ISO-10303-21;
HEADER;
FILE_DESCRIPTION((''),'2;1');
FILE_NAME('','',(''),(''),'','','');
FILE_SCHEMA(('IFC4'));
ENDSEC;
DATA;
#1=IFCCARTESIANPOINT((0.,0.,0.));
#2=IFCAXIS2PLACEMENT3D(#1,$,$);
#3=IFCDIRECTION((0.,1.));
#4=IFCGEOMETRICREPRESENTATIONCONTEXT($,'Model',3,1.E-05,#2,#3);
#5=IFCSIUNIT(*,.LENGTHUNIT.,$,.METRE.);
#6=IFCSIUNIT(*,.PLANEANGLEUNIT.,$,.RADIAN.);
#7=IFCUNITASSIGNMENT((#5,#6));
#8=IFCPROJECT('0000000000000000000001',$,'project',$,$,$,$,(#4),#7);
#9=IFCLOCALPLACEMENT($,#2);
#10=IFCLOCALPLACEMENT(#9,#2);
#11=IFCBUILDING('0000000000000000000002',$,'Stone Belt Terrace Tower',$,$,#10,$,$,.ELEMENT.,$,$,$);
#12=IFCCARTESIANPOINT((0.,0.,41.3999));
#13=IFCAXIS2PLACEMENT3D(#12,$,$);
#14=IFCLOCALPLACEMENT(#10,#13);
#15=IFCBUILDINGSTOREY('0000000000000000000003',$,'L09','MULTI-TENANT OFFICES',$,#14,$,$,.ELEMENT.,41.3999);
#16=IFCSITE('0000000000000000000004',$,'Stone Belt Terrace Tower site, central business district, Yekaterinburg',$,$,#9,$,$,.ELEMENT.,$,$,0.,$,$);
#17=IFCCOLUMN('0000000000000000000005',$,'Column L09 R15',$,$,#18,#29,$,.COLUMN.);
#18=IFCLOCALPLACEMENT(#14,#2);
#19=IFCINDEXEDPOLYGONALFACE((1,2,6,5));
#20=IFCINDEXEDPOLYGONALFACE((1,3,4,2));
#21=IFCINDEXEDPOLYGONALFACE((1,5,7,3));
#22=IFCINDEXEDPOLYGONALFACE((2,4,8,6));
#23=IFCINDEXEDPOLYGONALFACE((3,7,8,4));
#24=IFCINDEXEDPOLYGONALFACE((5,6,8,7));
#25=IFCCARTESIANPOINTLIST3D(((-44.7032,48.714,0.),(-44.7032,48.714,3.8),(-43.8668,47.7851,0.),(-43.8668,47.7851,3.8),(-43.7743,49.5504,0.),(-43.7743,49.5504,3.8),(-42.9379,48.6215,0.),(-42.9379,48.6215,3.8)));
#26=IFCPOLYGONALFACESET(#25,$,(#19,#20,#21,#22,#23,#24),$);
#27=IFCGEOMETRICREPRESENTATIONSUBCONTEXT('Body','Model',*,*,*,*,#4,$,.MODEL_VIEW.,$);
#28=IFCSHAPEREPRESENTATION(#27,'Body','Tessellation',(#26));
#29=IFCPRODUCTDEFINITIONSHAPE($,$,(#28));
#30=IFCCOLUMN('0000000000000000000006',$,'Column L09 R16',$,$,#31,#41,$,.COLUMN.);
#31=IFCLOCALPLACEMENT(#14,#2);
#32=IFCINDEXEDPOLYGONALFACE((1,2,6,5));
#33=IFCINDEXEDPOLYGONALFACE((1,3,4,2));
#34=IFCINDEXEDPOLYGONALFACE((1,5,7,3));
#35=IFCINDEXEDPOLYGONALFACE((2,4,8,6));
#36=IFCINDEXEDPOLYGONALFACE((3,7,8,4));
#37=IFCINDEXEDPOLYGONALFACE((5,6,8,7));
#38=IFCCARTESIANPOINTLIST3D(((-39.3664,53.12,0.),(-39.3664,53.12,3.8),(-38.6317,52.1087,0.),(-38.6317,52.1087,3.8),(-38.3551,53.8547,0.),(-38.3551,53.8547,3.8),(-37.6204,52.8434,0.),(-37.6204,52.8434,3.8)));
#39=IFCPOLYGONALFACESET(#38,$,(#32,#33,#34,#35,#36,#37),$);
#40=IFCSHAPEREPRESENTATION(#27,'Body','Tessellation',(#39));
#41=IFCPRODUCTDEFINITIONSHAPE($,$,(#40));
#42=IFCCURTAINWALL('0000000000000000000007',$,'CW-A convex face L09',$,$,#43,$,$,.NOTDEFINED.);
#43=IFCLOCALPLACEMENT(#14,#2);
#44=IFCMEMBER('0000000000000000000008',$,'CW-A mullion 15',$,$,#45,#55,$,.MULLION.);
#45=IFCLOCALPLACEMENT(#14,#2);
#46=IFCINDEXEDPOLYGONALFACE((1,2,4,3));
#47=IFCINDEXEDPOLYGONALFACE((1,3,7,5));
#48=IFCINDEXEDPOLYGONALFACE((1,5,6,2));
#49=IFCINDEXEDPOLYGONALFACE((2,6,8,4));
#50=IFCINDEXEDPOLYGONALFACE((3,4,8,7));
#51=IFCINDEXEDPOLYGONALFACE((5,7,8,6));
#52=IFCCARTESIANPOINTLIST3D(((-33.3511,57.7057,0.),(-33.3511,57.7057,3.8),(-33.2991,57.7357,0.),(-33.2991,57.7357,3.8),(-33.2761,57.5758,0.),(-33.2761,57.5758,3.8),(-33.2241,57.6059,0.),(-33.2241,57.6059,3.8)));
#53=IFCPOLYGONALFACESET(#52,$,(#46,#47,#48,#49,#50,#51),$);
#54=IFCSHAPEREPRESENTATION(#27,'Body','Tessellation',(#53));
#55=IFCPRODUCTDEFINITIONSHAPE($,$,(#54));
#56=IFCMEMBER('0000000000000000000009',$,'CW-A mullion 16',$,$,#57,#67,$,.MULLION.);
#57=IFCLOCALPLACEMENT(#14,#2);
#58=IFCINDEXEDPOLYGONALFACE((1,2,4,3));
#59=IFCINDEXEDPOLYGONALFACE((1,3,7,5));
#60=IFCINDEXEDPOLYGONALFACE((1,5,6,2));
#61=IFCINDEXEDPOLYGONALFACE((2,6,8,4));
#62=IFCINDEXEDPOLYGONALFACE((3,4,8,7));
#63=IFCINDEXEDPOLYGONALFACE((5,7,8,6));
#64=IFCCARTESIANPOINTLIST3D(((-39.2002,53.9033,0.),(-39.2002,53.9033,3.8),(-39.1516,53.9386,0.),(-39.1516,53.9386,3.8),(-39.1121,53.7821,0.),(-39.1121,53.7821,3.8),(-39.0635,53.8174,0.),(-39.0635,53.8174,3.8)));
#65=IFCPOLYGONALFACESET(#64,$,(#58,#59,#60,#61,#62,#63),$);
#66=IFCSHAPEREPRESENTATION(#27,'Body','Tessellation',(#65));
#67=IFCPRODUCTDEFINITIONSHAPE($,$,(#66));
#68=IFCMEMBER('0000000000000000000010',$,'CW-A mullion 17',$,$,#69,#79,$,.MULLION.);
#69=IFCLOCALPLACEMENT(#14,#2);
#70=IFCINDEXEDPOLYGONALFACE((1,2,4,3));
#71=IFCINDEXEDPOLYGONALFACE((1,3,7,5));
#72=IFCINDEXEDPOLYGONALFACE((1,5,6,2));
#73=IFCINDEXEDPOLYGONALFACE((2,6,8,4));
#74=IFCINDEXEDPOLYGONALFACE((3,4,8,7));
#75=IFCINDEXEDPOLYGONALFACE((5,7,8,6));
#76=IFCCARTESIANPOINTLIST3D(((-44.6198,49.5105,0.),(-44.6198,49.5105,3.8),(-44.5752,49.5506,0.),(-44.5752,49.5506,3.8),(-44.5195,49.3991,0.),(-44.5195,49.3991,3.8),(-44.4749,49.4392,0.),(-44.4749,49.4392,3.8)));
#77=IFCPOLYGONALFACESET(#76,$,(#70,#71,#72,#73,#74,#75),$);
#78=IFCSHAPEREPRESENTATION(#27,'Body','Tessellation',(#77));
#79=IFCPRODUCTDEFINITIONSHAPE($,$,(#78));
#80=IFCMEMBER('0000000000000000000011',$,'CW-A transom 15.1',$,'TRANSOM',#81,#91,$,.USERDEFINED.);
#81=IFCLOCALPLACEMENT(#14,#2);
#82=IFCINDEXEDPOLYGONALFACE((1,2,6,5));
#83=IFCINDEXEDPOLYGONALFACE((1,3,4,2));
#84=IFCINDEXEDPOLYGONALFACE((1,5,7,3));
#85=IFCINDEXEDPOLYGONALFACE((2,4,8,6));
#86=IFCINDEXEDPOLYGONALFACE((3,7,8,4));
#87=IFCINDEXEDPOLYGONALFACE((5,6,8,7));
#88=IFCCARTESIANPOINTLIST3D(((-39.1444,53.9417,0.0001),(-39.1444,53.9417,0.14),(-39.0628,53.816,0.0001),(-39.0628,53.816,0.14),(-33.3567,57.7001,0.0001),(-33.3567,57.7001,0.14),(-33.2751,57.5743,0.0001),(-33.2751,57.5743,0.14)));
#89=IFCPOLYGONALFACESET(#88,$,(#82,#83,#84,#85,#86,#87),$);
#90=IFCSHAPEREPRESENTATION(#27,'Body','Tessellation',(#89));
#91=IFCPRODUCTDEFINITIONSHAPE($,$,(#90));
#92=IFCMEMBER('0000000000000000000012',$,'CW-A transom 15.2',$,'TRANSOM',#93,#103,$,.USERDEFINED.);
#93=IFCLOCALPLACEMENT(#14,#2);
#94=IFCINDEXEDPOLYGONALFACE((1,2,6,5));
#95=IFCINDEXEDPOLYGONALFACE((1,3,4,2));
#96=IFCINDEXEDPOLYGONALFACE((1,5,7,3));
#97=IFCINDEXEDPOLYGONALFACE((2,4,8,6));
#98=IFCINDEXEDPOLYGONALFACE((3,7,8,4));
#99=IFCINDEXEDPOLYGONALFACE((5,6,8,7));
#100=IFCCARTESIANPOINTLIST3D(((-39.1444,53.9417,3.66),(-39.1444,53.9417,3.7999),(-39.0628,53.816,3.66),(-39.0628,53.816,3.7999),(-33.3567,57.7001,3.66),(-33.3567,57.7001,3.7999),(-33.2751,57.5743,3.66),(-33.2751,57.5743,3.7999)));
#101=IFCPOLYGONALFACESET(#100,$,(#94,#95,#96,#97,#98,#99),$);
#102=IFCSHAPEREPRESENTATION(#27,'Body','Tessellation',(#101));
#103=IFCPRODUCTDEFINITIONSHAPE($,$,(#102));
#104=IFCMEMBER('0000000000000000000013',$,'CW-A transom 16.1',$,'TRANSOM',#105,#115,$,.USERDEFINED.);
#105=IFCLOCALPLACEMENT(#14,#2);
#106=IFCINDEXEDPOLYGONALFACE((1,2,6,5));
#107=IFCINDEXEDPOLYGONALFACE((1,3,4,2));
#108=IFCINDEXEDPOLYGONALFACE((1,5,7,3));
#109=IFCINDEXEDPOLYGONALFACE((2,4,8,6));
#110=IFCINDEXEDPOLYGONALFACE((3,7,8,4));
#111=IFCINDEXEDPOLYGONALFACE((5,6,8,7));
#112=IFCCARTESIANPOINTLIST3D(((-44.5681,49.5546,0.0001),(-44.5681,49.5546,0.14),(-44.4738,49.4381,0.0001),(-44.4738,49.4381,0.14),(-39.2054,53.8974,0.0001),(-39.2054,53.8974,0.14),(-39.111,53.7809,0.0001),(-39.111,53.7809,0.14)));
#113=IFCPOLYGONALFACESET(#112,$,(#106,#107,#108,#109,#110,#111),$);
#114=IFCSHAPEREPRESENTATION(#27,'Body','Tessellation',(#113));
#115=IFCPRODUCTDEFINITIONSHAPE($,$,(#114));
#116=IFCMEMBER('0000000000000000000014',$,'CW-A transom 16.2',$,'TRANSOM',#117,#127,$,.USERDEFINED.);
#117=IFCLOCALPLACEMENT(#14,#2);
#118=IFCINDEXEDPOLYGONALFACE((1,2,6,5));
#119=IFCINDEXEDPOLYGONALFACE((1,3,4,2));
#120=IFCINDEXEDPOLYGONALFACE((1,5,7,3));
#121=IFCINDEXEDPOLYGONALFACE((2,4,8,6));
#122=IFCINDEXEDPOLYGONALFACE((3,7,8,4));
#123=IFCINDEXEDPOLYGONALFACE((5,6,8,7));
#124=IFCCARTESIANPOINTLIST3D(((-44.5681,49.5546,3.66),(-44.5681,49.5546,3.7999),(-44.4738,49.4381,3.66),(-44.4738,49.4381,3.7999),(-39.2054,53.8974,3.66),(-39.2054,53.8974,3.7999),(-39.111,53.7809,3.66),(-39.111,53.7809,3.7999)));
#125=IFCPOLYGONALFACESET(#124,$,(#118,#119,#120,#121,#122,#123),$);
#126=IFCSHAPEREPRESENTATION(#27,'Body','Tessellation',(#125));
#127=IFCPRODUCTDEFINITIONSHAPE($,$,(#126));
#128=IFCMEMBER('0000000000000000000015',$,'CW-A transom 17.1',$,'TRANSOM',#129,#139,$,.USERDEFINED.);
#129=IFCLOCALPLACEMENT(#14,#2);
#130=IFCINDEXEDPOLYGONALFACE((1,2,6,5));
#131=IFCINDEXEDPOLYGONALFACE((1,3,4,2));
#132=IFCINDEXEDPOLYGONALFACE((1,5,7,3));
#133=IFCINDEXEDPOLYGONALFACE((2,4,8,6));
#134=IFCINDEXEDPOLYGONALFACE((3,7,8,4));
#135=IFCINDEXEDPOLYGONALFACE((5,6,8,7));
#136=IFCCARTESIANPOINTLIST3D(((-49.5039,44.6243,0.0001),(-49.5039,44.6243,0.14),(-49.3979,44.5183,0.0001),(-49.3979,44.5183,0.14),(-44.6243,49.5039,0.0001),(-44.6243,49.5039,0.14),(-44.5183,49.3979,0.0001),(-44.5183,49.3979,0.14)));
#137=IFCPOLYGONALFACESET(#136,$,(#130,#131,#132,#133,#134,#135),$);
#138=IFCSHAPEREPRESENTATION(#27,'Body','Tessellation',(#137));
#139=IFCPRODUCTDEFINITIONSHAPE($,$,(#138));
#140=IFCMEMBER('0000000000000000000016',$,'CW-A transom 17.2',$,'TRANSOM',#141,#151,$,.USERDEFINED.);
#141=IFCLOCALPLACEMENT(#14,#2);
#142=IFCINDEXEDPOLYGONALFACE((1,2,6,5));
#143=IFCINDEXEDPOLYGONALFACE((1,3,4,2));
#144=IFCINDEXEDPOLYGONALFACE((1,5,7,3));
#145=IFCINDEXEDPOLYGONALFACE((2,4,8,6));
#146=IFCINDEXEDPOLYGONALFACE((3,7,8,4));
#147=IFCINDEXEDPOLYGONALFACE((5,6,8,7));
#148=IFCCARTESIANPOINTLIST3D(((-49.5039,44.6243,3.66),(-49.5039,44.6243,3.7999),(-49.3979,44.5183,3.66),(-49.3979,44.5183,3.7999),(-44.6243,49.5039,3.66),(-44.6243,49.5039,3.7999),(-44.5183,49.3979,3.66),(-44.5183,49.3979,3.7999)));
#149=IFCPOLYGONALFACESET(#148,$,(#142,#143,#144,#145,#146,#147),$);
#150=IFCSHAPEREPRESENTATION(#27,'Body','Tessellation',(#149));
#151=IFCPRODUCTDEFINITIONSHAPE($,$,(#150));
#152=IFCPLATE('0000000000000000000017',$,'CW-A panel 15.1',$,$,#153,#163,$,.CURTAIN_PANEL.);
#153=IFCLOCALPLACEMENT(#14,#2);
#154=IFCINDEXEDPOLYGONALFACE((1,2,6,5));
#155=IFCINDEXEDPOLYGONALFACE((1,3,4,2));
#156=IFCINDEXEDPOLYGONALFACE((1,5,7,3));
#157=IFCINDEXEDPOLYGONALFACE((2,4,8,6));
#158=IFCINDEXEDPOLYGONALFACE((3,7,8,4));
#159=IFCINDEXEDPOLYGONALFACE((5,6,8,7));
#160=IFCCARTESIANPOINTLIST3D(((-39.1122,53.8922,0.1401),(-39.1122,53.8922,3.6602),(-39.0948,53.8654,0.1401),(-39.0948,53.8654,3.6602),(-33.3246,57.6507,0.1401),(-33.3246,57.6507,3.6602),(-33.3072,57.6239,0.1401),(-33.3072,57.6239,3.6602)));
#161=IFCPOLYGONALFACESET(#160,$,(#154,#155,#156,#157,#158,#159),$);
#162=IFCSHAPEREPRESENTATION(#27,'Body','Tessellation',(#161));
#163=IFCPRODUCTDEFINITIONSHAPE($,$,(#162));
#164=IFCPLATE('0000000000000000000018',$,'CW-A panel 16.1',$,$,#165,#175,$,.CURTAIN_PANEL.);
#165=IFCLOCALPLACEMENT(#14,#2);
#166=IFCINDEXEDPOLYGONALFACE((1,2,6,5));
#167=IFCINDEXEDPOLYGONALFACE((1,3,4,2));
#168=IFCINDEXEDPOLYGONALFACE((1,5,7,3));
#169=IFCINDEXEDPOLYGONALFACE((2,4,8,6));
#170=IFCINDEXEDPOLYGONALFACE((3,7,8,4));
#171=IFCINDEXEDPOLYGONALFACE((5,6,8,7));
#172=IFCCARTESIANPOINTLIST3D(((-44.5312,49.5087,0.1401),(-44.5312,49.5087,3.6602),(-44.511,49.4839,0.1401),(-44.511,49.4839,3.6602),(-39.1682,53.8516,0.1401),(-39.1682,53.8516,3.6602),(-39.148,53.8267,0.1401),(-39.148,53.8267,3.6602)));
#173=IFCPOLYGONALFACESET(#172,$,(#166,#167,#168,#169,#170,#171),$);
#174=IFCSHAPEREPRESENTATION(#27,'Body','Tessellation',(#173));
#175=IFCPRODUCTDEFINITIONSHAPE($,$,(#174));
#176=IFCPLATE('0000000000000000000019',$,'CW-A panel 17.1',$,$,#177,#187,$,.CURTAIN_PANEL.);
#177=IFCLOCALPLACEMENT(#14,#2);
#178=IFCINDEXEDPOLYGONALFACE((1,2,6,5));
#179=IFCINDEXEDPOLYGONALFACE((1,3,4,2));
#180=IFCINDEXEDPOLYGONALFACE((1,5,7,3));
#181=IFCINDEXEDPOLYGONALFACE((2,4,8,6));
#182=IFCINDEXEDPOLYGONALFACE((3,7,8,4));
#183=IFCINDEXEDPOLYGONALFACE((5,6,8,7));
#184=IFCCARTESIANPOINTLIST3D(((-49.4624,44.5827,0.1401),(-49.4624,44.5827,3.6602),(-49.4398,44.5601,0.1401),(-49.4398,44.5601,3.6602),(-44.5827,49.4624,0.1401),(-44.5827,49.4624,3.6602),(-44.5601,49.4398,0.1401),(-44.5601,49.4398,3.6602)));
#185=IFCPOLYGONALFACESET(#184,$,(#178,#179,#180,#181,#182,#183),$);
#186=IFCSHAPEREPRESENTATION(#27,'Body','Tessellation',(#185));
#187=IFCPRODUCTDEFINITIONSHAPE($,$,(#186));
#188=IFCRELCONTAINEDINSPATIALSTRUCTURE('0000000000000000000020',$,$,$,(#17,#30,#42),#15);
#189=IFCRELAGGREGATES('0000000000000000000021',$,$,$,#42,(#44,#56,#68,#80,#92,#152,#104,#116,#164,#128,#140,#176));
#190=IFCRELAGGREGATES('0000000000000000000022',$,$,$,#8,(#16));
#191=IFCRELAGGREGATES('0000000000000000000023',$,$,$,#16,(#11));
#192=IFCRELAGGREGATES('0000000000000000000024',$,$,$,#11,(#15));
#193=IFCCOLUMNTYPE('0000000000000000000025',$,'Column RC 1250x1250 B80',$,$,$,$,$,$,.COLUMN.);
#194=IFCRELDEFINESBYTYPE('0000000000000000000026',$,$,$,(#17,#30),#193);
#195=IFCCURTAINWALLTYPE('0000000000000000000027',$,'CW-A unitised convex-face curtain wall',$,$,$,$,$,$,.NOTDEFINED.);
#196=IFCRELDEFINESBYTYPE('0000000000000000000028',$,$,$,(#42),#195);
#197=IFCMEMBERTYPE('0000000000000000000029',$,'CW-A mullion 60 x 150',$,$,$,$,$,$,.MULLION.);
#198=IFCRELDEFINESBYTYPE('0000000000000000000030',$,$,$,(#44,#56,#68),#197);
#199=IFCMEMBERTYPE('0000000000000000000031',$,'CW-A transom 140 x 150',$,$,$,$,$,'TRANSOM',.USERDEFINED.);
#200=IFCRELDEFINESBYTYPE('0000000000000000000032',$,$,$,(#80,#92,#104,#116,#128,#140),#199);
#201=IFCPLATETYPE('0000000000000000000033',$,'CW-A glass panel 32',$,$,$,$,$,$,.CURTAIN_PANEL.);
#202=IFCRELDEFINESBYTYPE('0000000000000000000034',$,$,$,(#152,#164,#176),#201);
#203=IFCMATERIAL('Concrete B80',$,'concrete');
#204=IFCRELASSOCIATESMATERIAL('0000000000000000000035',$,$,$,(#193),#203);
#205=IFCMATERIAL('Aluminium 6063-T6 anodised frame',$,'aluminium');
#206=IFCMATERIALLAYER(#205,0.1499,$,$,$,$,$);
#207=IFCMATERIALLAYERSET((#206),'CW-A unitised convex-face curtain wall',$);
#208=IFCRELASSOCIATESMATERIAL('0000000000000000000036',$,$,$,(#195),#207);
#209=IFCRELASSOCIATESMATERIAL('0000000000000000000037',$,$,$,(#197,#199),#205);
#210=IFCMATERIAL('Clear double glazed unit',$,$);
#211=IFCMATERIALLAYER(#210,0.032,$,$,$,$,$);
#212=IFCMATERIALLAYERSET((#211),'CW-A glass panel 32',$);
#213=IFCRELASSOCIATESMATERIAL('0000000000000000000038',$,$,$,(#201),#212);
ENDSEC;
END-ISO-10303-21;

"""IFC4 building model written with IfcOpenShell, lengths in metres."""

from ifc_helpers import new_model, si_unit, direction, frame, origin, origin_2d, place, context, subcontext, project, spatial, rectangle, extrude, material, layer, layer_set, material_profile, profile_set, type_object, element, aggregate, save


model = new_model("IFC4")

# Units and contexts
model_context = context("Model", 3, precision=1e-05, world=origin(), true_north=direction((0.0, 1.0)))
body_context = subcontext(model_context, "Body", "Model", "MODEL_VIEW")
ifc_project = project(units=[si_unit("LENGTHUNIT", "METRE"), si_unit("PLANEANGLEUNIT", "RADIAN")], contexts=[model_context])

# Site, building, storey
site_placement = place(None, origin())
site = spatial("IfcSite", under=ifc_project, at=site_placement, Name="Stone Belt Terrace Tower site, central business district, Yekaterinburg", CompositionType="ELEMENT", RefElevation=0.0)
building_placement = place(site_placement, origin())
building = spatial("IfcBuilding", under=site, at=building_placement, Name="Stone Belt Terrace Tower", CompositionType="ELEMENT")
storey_placement = place(building_placement, frame((0.0, 0.0, 41.3999)))
storey = spatial("IfcBuildingStorey", under=building, at=storey_placement, Name="L09", Description="MULTI-TENANT OFFICES", CompositionType="ELEMENT", Elevation=41.3999)

# Columns
ifc_material_1 = material(Name="Concrete B80", Category="concrete")
ifc_material_profile_1 = material_profile(ifc_material_1, rectangle(XDim=1.25, YDim=1.25, at=origin_2d()), Name="RC 1250x1250")
ifc_profile_set_1 = profile_set([ifc_material_profile_1], Name="Concrete B80")
column_type = type_object("IfcColumnType", Name="Column RC 1250x1250 B80", PredefinedType="COLUMN", material=ifc_profile_set_1)
for number, where, z_axis, x_axis, name in (
    (1, (-43.8206, 48.6677, 0.0), (0.0, 0.0, 1.0), (0.743145, 0.669131, 0.0), "Column L09 R15"),
    (2, (-38.4934, 52.9817, 0.0), (0.0, 0.0, 1.0), (0.809017, 0.587785, 0.0), "Column L09 R16"),
):
    element("IfcColumn", number, at=place(storey_placement, frame(where, z_axis=z_axis, x_axis=x_axis)), inside=storey, type_object=column_type, Name=name, PredefinedType="COLUMN", context=body_context, shape_type="SweptSolid", body=[
        extrude(rectangle(XDim=1.25, YDim=1.25, at=origin_2d()), origin(), (0.0, 0.0, 1.0), 3.8),
    ])

# Curtain wall, members, plates
ifc_material_2 = material(Name="Aluminium 6063-T6 anodised frame", Category="aluminium")
ifc_layer_1 = layer(ifc_material_2, 0.1499)
ifc_layer_set_1 = layer_set([ifc_layer_1], Name="CW-A unitised convex-face curtain wall")
curtain_wall_type = type_object("IfcCurtainWallType", Name="CW-A unitised convex-face curtain wall", PredefinedType="NOTDEFINED", material=ifc_layer_set_1)
curtain_wall_placement = place(storey_placement, origin())
curtain_wall = element("IfcCurtainWall", 3, at=curtain_wall_placement, inside=storey, type_object=curtain_wall_type, Name="CW-A convex face L09", PredefinedType="NOTDEFINED")
ifc_material_profile_2 = material_profile(ifc_material_2, rectangle(XDim=0.1499, YDim=0.0601, at=origin_2d()), Name="Aluminium 6063-T6 60x150")
ifc_profile_set_2 = profile_set([ifc_material_profile_2], Name="Aluminium 6063-T6 anodised frame")
member_type_1 = type_object("IfcMemberType", Name="CW-A mullion 60 x 150", PredefinedType="MULLION", material=ifc_profile_set_2)
member_1_placement = place(storey_placement, frame((-33.2876, 57.6558, 0.0), z_axis=(0.0, 0.0, 1.0), x_axis=(0.5, -0.866025, 0.0)))
member_1 = element("IfcMember", 4, at=member_1_placement, type_object=member_type_1, Name="CW-A mullion 15", PredefinedType="MULLION", context=body_context, shape_type="SweptSolid", body=[
    extrude(rectangle(XDim=0.1499, YDim=0.0601, at=origin_2d()), origin(), (0.0, 0.0, 1.0), 3.8),
])
member_2_placement = place(storey_placement, frame((-39.1318, 53.8604, 0.0), z_axis=(0.0, 0.0, 1.0), x_axis=(0.587785, -0.809017, 0.0)))
member_2 = element("IfcMember", 5, at=member_2_placement, type_object=member_type_1, Name="CW-A mullion 16", PredefinedType="MULLION", context=body_context, shape_type="SweptSolid", body=[
    extrude(rectangle(XDim=0.1499, YDim=0.0601, at=origin_2d()), origin(), (0.0, 0.0, 1.0), 3.8),
])
member_3_placement = place(storey_placement, frame((-44.5474, 49.4749, 0.0), z_axis=(0.0, 0.0, 1.0), x_axis=(0.669131, -0.743145, 0.0)))
member_3 = element("IfcMember", 6, at=member_3_placement, type_object=member_type_1, Name="CW-A mullion 17", PredefinedType="MULLION", context=body_context, shape_type="SweptSolid", body=[
    extrude(rectangle(XDim=0.1499, YDim=0.0601, at=origin_2d()), origin(), (0.0, 0.0, 1.0), 3.8),
])
ifc_material_profile_3 = material_profile(ifc_material_2, rectangle(XDim=0.1499, YDim=0.1399, at=origin_2d()), Name="Aluminium 6063-T6 150x140")
ifc_profile_set_3 = profile_set([ifc_material_profile_3], Name="Aluminium 6063-T6 anodised frame")
member_type_2 = type_object("IfcMemberType", Name="CW-A transom 140 x 150", ElementType="TRANSOM", PredefinedType="USERDEFINED", material=ifc_profile_set_3)
member_4_placement = place(storey_placement, frame((-33.3159, 57.6372, 0.0701), z_axis=(-0.838684, -0.544618, 0.0), x_axis=(0.544618, -0.838684, 0.0)))
member_4 = element("IfcMember", 7, at=member_4_placement, type_object=member_type_2, Name="CW-A transom 15.1", ObjectType="TRANSOM", PredefinedType="USERDEFINED", context=body_context, shape_type="SweptSolid", body=[
    extrude(rectangle(XDim=0.1499, YDim=0.1399, at=origin_2d()), origin(), (0.0, 0.0, 1.0), 6.9009),
])
member_5_placement = place(storey_placement, frame((-33.3159, 57.6372, 3.73), z_axis=(-0.838684, -0.544618, 0.0), x_axis=(0.544618, -0.838684, 0.0)))
member_5 = element("IfcMember", 8, at=member_5_placement, type_object=member_type_2, Name="CW-A transom 15.2", ObjectType="TRANSOM", PredefinedType="USERDEFINED", context=body_context, shape_type="SweptSolid", body=[
    extrude(rectangle(XDim=0.1499, YDim=0.1399, at=origin_2d()), origin(), (0.0, 0.0, 1.0), 6.9009),
])
member_6_placement = place(storey_placement, frame((-39.1582, 53.8391, 0.0701), z_axis=(-0.777141, -0.629326, 0.0), x_axis=(0.629326, -0.777141, 0.0)))
member_6 = element("IfcMember", 9, at=member_6_placement, type_object=member_type_2, Name="CW-A transom 16.1", ObjectType="TRANSOM", PredefinedType="USERDEFINED", context=body_context, shape_type="SweptSolid", body=[
    extrude(rectangle(XDim=0.1499, YDim=0.1399, at=origin_2d()), origin(), (0.0, 0.0, 1.0), 6.9006),
])
member_7_placement = place(storey_placement, frame((-39.1582, 53.8391, 3.73), z_axis=(-0.777141, -0.629326, 0.0), x_axis=(0.629326, -0.777141, 0.0)))
member_7 = element("IfcMember", 10, at=member_7_placement, type_object=member_type_2, Name="CW-A transom 16.2", ObjectType="TRANSOM", PredefinedType="USERDEFINED", context=body_context, shape_type="SweptSolid", body=[
    extrude(rectangle(XDim=0.1499, YDim=0.1399, at=origin_2d()), origin(), (0.0, 0.0, 1.0), 6.9006),
])
member_8_placement = place(storey_placement, frame((-44.5713, 49.4509, 0.0701), z_axis=(-0.707107, -0.707107, 0.0), x_axis=(0.707107, -0.707107, 0.0)))
member_8 = element("IfcMember", 11, at=member_8_placement, type_object=member_type_2, Name="CW-A transom 17.1", ObjectType="TRANSOM", PredefinedType="USERDEFINED", context=body_context, shape_type="SweptSolid", body=[
    extrude(rectangle(XDim=0.1499, YDim=0.1399, at=origin_2d()), origin(), (0.0, 0.0, 1.0), 6.9009),
])
member_9_placement = place(storey_placement, frame((-44.5713, 49.4509, 3.73), z_axis=(-0.707107, -0.707107, 0.0), x_axis=(0.707107, -0.707107, 0.0)))
member_9 = element("IfcMember", 12, at=member_9_placement, type_object=member_type_2, Name="CW-A transom 17.2", ObjectType="TRANSOM", PredefinedType="USERDEFINED", context=body_context, shape_type="SweptSolid", body=[
    extrude(rectangle(XDim=0.1499, YDim=0.1399, at=origin_2d()), origin(), (0.0, 0.0, 1.0), 6.9009),
])
ifc_material_3 = material(Name="Clear double glazed unit")
ifc_layer_2 = layer(ifc_material_3, 0.032)
ifc_layer_set_2 = layer_set([ifc_layer_2], Name="CW-A glass panel 32")
plate_type_1 = type_object("IfcPlateType", Name="CW-A glass panel 32", PredefinedType="CURTAIN_PANEL", material=ifc_layer_set_2)
plate_1_placement = place(storey_placement, frame((-36.2097, 55.7581, 0.1401), z_axis=(0.0, 0.0, 1.0), x_axis=(-0.838671, -0.544639, 0.0)))
plate_1 = element("IfcPlate", 13, at=plate_1_placement, type_object=plate_type_1, Name="CW-A panel 15.1", PredefinedType="CURTAIN_PANEL", context=body_context, shape_type="SweptSolid", body=[
    extrude(rectangle(XDim=6.9009, YDim=0.032, at=origin_2d()), origin(), (0.0, 0.0, 1.0), 3.52),
])
plate_2_placement = place(storey_placement, frame((-41.8396, 51.6677, 0.1401), z_axis=(0.0, 0.0, 1.0), x_axis=(-0.777146, -0.62932, 0.0)))
plate_2 = element("IfcPlate", 14, at=plate_2_placement, type_object=plate_type_1, Name="CW-A panel 16.1", PredefinedType="CURTAIN_PANEL", context=body_context, shape_type="SweptSolid", body=[
    extrude(rectangle(XDim=6.9009, YDim=0.032, at=origin_2d()), origin(), (0.0, 0.0, 1.0), 3.52),
])
plate_3_placement = place(storey_placement, frame((-47.0112, 47.0112, 0.1401), z_axis=(0.0, 0.0, 1.0), x_axis=(-0.707107, -0.707107, 0.0)))
plate_3 = element("IfcPlate", 15, at=plate_3_placement, type_object=plate_type_1, Name="CW-A panel 17.1", PredefinedType="CURTAIN_PANEL", context=body_context, shape_type="SweptSolid", body=[
    extrude(rectangle(XDim=6.9009, YDim=0.032, at=origin_2d()), origin(), (0.0, 0.0, 1.0), 3.52),
])
aggregate(curtain_wall, [member_1, member_2, member_3, member_4, member_5, plate_1, member_6, member_7, plate_2, member_8, member_9, plate_3])

save(model, "model.ifc")
